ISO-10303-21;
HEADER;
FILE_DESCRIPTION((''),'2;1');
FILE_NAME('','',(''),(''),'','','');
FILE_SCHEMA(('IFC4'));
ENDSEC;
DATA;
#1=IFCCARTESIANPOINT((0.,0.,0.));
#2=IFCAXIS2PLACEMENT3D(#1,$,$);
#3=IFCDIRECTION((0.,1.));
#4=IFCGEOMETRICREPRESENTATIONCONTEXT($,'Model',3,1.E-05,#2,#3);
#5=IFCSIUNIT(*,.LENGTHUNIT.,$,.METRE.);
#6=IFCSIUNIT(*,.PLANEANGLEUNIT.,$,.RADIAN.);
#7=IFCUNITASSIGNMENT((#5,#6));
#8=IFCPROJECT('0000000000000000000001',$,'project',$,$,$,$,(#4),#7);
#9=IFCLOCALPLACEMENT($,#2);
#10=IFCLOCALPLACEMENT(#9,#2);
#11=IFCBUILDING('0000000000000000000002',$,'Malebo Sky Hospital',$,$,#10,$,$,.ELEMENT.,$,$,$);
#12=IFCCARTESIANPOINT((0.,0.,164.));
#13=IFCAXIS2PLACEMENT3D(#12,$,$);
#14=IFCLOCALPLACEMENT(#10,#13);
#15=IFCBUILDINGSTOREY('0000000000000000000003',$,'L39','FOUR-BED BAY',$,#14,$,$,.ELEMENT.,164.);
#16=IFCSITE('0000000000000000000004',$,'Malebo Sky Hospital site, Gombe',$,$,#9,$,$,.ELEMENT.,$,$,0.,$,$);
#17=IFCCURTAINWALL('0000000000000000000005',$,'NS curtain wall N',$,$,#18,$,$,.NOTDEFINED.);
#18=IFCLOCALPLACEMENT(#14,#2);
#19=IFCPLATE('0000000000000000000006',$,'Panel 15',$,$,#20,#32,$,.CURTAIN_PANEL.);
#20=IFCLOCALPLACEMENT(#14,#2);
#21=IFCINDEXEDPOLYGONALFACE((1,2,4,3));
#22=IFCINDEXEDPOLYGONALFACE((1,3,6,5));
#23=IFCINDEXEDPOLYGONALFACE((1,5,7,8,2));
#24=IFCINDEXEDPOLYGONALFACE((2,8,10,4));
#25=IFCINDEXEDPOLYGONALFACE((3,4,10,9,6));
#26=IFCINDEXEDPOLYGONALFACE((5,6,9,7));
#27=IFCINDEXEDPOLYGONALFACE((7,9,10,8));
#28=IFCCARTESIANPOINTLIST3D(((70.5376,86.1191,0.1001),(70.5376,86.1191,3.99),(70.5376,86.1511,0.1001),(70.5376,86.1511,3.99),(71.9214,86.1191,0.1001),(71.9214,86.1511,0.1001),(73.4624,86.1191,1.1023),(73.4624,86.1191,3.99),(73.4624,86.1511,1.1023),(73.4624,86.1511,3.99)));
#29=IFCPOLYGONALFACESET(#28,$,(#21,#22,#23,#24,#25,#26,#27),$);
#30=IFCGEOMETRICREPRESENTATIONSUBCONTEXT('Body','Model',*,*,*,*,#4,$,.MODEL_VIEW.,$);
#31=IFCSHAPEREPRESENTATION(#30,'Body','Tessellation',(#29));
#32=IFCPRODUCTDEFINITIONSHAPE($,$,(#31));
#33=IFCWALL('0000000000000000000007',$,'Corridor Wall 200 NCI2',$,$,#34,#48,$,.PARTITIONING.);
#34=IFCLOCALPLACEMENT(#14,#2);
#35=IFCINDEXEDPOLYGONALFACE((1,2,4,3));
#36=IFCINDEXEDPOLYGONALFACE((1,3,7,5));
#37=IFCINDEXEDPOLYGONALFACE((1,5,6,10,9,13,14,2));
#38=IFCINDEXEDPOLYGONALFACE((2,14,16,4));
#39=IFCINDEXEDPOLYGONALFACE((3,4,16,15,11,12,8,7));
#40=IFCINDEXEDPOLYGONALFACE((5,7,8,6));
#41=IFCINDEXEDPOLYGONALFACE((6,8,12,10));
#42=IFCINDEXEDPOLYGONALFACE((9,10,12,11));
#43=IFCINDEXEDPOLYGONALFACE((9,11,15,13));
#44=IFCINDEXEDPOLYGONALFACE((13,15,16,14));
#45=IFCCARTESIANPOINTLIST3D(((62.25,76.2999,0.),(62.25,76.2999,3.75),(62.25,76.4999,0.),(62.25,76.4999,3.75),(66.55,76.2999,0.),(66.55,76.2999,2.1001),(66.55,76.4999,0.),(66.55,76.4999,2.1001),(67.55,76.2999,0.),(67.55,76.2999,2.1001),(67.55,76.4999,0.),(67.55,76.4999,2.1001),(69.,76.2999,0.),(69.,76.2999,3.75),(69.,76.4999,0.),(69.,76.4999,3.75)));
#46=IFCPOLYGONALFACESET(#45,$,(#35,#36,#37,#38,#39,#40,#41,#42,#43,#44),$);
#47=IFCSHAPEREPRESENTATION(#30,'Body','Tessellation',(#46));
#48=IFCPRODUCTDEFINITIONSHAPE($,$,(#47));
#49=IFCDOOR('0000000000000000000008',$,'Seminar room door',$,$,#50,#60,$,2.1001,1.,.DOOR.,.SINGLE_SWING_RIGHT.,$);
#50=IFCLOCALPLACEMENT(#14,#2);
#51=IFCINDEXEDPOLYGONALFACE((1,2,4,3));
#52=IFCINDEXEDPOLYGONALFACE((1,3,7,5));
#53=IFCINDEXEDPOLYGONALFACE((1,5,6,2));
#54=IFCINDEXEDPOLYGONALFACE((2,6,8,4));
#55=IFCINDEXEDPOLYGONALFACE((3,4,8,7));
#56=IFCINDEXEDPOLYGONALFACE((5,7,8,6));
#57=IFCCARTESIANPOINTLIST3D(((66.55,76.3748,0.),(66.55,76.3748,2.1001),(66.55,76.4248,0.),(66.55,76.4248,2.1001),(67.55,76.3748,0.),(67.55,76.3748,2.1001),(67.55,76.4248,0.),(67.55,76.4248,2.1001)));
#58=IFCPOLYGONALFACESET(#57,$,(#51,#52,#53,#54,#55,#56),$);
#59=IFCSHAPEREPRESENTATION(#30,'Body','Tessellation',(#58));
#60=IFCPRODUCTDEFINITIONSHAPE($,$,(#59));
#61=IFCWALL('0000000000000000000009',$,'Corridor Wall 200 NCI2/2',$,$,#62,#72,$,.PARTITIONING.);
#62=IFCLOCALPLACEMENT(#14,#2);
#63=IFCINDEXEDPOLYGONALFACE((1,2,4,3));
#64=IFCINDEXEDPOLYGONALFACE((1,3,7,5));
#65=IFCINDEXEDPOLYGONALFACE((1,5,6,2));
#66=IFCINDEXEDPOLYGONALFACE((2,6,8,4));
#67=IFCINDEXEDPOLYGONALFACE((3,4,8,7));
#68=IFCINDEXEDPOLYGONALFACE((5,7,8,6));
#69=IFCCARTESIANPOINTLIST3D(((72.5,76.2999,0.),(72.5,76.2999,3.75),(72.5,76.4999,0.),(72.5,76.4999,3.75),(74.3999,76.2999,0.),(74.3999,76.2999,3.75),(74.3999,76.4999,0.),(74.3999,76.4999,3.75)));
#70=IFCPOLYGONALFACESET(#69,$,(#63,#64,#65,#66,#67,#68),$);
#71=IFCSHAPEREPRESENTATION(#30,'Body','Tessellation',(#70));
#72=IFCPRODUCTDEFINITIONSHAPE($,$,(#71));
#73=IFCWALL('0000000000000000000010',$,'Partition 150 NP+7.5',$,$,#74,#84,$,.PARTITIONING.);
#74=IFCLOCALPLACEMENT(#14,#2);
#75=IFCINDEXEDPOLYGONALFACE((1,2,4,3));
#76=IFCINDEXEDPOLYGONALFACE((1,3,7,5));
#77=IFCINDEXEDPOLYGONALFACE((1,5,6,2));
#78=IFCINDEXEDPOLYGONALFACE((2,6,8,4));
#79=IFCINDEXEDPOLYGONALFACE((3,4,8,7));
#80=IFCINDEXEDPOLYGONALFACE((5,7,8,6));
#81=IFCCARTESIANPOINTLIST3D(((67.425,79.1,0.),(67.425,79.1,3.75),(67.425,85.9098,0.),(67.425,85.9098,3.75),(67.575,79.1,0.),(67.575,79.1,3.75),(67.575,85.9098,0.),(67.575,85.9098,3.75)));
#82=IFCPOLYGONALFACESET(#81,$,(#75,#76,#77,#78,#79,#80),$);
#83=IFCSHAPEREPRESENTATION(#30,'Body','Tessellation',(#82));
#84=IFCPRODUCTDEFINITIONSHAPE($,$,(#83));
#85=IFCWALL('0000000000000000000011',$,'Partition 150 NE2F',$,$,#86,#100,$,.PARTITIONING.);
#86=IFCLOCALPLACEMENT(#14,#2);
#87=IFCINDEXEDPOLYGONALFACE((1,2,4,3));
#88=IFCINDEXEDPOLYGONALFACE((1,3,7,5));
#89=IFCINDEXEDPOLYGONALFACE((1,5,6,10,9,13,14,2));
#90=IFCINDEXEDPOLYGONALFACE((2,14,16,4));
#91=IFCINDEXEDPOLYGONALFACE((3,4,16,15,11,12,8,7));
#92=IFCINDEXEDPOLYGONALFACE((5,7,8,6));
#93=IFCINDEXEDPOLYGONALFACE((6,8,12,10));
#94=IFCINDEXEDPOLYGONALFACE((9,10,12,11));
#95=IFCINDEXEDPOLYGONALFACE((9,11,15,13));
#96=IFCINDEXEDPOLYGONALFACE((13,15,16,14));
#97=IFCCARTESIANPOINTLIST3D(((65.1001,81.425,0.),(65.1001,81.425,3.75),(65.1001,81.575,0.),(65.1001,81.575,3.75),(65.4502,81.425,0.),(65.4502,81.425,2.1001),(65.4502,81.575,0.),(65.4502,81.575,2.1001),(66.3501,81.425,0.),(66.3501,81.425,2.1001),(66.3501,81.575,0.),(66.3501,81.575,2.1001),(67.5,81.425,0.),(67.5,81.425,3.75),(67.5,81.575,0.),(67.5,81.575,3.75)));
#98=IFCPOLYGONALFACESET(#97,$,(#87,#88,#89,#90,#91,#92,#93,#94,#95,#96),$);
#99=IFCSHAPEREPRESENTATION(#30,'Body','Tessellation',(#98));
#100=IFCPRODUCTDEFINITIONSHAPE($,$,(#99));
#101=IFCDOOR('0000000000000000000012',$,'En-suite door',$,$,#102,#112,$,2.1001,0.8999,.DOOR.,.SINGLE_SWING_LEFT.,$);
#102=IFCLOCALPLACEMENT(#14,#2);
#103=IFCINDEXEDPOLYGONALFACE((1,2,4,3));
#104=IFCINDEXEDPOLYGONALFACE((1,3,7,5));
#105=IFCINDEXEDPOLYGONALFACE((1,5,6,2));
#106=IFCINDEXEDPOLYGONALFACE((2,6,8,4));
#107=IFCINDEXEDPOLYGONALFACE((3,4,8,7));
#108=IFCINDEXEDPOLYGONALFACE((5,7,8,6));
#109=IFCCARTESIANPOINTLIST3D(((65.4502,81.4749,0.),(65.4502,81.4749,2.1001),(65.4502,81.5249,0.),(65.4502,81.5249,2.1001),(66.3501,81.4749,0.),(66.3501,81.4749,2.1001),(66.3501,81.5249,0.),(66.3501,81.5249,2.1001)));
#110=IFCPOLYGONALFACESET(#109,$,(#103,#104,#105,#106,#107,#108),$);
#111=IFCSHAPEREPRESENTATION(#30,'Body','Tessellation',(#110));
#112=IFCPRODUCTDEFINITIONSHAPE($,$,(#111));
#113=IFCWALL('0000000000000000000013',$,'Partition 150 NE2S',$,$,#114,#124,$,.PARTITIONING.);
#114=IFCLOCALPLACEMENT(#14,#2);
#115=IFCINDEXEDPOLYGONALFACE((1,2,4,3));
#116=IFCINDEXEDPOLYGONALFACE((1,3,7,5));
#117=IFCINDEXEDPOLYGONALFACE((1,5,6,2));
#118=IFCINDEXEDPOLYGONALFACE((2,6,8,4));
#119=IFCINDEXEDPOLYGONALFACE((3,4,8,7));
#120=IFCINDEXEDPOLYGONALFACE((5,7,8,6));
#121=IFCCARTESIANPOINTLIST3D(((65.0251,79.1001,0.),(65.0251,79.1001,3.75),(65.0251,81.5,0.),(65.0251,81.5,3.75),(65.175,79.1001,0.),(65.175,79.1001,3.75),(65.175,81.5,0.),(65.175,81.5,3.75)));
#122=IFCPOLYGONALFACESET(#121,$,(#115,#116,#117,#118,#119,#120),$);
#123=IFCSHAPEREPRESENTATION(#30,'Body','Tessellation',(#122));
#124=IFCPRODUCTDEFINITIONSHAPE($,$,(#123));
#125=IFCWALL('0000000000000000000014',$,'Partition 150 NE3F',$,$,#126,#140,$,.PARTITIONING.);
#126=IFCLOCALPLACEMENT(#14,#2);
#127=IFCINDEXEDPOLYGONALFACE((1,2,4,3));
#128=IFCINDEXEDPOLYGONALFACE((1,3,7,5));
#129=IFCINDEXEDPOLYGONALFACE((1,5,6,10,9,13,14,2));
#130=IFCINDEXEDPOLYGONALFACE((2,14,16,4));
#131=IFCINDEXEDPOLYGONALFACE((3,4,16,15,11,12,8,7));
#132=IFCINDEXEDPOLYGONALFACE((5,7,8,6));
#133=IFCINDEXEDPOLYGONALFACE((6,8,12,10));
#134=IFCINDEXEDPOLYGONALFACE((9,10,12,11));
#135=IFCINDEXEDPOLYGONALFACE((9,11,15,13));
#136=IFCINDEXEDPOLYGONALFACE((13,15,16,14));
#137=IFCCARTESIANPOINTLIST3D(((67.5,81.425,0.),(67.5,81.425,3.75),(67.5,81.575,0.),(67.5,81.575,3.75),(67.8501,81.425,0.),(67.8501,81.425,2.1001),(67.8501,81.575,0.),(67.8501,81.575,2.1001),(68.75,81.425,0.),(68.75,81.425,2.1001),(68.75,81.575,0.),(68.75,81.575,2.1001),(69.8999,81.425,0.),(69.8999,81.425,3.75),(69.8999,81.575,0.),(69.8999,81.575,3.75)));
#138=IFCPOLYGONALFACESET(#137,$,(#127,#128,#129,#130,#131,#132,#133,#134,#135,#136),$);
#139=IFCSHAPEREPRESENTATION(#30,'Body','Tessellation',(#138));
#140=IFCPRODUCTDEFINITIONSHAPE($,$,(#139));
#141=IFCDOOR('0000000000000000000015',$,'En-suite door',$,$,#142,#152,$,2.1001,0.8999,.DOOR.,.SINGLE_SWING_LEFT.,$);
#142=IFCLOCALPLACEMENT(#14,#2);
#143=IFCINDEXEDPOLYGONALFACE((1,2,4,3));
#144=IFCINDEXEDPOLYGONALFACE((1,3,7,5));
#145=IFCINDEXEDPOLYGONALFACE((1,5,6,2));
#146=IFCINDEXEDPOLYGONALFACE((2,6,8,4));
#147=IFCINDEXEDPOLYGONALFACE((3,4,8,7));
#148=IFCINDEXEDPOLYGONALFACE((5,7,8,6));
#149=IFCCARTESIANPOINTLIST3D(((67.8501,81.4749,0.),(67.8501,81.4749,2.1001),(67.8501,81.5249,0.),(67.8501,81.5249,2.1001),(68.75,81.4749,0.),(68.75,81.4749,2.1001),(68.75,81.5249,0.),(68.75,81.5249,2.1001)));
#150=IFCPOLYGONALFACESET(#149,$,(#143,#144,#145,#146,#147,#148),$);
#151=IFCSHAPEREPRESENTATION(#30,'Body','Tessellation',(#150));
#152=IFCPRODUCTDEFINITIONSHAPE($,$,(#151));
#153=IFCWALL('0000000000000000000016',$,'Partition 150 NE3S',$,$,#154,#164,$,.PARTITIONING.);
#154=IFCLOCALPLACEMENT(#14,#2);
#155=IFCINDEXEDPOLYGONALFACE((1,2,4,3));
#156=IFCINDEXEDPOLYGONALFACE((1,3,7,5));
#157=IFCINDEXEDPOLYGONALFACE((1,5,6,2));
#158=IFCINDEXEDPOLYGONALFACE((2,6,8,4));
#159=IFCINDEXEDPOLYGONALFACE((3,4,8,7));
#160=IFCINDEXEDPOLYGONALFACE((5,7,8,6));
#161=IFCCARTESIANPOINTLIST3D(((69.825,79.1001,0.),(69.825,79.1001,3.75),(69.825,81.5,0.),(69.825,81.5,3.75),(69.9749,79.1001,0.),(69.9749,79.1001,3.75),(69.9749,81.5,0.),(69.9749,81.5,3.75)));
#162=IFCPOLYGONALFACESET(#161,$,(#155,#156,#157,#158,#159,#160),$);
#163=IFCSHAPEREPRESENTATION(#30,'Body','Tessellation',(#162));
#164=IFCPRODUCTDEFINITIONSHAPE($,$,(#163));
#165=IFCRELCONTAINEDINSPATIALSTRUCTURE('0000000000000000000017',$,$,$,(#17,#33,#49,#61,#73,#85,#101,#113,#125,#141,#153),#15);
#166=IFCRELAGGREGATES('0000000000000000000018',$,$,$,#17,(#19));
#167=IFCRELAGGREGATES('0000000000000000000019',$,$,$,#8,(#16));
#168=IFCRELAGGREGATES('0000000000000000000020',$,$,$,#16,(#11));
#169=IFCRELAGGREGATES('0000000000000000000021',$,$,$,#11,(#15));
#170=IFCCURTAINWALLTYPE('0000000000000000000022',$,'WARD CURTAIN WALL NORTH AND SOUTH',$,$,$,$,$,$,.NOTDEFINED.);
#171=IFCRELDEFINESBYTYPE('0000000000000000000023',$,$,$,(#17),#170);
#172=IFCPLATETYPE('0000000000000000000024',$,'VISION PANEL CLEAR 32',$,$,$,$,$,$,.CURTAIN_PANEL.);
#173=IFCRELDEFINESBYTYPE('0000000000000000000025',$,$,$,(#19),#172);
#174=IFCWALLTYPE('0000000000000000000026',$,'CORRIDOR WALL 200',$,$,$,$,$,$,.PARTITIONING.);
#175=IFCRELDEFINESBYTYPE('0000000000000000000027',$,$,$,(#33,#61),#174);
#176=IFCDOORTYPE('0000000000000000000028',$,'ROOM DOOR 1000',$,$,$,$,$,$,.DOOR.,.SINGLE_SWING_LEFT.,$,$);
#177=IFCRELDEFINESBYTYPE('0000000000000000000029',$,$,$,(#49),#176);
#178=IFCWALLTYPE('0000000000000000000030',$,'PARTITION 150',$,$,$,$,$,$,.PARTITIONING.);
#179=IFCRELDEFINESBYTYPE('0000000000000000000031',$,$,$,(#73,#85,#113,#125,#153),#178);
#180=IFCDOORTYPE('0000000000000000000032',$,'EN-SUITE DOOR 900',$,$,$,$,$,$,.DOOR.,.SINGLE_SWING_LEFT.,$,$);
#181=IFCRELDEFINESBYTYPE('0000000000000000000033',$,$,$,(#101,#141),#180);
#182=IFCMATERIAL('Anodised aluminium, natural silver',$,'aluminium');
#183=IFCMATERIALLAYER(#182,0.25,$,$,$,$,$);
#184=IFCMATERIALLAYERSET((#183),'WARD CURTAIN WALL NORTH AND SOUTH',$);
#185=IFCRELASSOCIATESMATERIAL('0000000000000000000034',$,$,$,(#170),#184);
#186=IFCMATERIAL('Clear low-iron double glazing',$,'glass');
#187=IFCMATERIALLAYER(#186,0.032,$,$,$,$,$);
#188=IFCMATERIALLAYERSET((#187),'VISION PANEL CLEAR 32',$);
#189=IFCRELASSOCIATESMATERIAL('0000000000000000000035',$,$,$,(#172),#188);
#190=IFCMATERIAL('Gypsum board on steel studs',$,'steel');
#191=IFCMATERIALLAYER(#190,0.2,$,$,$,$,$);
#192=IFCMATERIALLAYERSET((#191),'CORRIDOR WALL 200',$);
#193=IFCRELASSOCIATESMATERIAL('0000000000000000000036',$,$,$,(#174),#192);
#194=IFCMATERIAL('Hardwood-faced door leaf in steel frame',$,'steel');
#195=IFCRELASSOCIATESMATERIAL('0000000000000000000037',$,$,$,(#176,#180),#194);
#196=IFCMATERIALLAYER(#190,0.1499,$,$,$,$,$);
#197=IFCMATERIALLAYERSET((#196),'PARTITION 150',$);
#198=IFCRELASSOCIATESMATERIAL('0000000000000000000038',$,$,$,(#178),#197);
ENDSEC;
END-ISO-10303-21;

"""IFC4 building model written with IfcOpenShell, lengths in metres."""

from ifc_helpers import new_model, si_unit, direction, frame, frame_2d, origin, place, context, subcontext, project, spatial, polyline, rectangle, outline, extrude, material, layer, layer_set, type_object, element, fill, aggregate, save


model = new_model("IFC4")

# Units and contexts
model_context = context("Model", 3, precision=1e-05, world=origin(), true_north=direction((0.0, 1.0)))
body_context = subcontext(model_context, "Body", "Model", "MODEL_VIEW")
ifc_project = project(units=[si_unit("LENGTHUNIT", "METRE"), si_unit("PLANEANGLEUNIT", "RADIAN")], contexts=[model_context])

# Site, building, storey
site_placement = place(None, origin())
site = spatial("IfcSite", under=ifc_project, at=site_placement, Name="Malebo Sky Hospital site, Gombe", CompositionType="ELEMENT", RefElevation=0.0)
building_placement = place(site_placement, origin())
building = spatial("IfcBuilding", under=site, at=building_placement, Name="Malebo Sky Hospital", CompositionType="ELEMENT")
storey_placement = place(building_placement, frame((0.0, 0.0, 164.0)))
storey = spatial("IfcBuildingStorey", under=building, at=storey_placement, Name="L39", Description="FOUR-BED BAY", CompositionType="ELEMENT", Elevation=164.0)

# Curtain wall
ifc_material_1 = material(Name="Anodised aluminium, natural silver", Category="aluminium")
ifc_layer_1 = layer(ifc_material_1, 0.25)
ifc_layer_set_1 = layer_set([ifc_layer_1], Name="WARD CURTAIN WALL NORTH AND SOUTH")
curtain_wall_type = type_object("IfcCurtainWallType", Name="WARD CURTAIN WALL NORTH AND SOUTH", PredefinedType="NOTDEFINED", material=ifc_layer_set_1)
curtain_wall_placement = place(storey_placement, origin())
curtain_wall = element("IfcCurtainWall", 1, at=curtain_wall_placement, inside=storey, type_object=curtain_wall_type, Name="NS curtain wall N", PredefinedType="NOTDEFINED")

# Plate
ifc_material_2 = material(Name="Clear low-iron double glazing", Category="glass")
ifc_layer_2 = layer(ifc_material_2, 0.032)
ifc_layer_set_2 = layer_set([ifc_layer_2], Name="VISION PANEL CLEAR 32")
plate_type = type_object("IfcPlateType", Name="VISION PANEL CLEAR 32", PredefinedType="CURTAIN_PANEL", material=ifc_layer_set_2)
plate_1_placement = place(storey_placement, frame((72.0, 86.135, 0.1001), z_axis=(0.0, 0.0, 1.0), x_axis=(1.0, 0.0, 0.0)))
plate_1 = element("IfcPlate", 2, at=plate_1_placement, type_object=plate_type, Name="Panel 15", PredefinedType="CURTAIN_PANEL", context=body_context, shape_type="SweptSolid", body=[
    extrude(outline(polyline([(-1.4624, 0.0), (-0.0786, 0.0), (1.4624, 1.0022), (1.4624, 3.8899), (-1.4624, 3.8899), (-1.4624, 0.0)])), frame((0.0, 0.0161, 0.0), z_axis=(0.0, -1.0, 0.0), x_axis=(1.0, 0.0, 0.0)), (0.0, 0.0, 1.0), 0.032),
])
aggregate(curtain_wall, [plate_1])

# Wall, opening, door
ifc_material_3 = material(Name="Gypsum board on steel studs", Category="steel")
ifc_layer_3 = layer(ifc_material_3, 0.2)
ifc_layer_set_3 = layer_set([ifc_layer_3], Name="CORRIDOR WALL 200")
wall_type_1 = type_object("IfcWallType", Name="CORRIDOR WALL 200", PredefinedType="PARTITIONING", material=ifc_layer_set_3)
wall_1_placement = place(storey_placement, frame((62.25, 76.3999, 0.0), z_axis=(0.0, 0.0, 1.0), x_axis=(1.0, 0.0, 0.0)))
wall_1 = element("IfcWall", 3, at=wall_1_placement, inside=storey, type_object=wall_type_1, Name="Corridor Wall 200 NCI2", PredefinedType="PARTITIONING", context=body_context, shape_type="SweptSolid", body=[
    extrude(rectangle(XDim=6.75, YDim=0.2, at=frame_2d((3.375, 0.0))), origin(), (0.0, 0.0, 1.0), 3.75),
])
opening_1_placement = place(wall_1_placement, frame((4.3, 0.0, 0.0)))
opening_1 = element("IfcOpeningElement", 4, at=opening_1_placement, cuts=wall_1, PredefinedType="OPENING", context=body_context, shape_type="SweptSolid", body=[
    extrude(rectangle(XDim=1.0, YDim=2.1001, at=frame_2d((0.5, 1.05))), frame((0.0, 0.1099, 0.0), z_axis=(0.0, -1.0, 0.0), x_axis=(1.0, 0.0, 0.0)), (0.0, 0.0, 1.0), 0.22),
])
ifc_material_4 = material(Name="Hardwood-faced door leaf in steel frame", Category="steel")
door_type_1 = type_object("IfcDoorType", Name="ROOM DOOR 1000", OperationType="SINGLE_SWING_LEFT", PredefinedType="DOOR", material=ifc_material_4)
door_1_placement = place(opening_1_placement, origin())
door_1 = element("IfcDoor", 5, at=door_1_placement, inside=storey, type_object=door_type_1, Name="Seminar room door", OperationType="SINGLE_SWING_RIGHT", OverallHeight=2.1001, OverallWidth=1.0, PredefinedType="DOOR", context=body_context, shape_type="SweptSolid", body=[
    extrude(rectangle(XDim=1.0, YDim=2.1001, at=frame_2d((0.5, 1.05))), frame((0.0, 0.0249, 0.0), z_axis=(0.0, -1.0, 0.0), x_axis=(1.0, 0.0, 0.0)), (0.0, 0.0, 1.0), 0.05),
])
fill(opening_1, door_1)

# Walls
wall_2_placement = place(storey_placement, frame((72.5, 76.3999, 0.0), z_axis=(0.0, 0.0, 1.0), x_axis=(1.0, 0.0, 0.0)))
element("IfcWall", 6, at=wall_2_placement, inside=storey, type_object=wall_type_1, Name="Corridor Wall 200 NCI2/2", PredefinedType="PARTITIONING", context=body_context, shape_type="SweptSolid", body=[
    extrude(rectangle(XDim=1.8999, YDim=0.2, at=frame_2d((0.95, 0.0))), origin(), (0.0, 0.0, 1.0), 3.75),
])
ifc_layer_4 = layer(ifc_material_3, 0.1499)
ifc_layer_set_4 = layer_set([ifc_layer_4], Name="PARTITION 150")
wall_type_2 = type_object("IfcWallType", Name="PARTITION 150", PredefinedType="PARTITIONING", material=ifc_layer_set_4)
wall_3_placement = place(storey_placement, frame((67.5, 79.1001, 0.0), z_axis=(0.0, 0.0, 1.0), x_axis=(0.0, 1.0, 0.0)))
element("IfcWall", 7, at=wall_3_placement, inside=storey, type_object=wall_type_2, Name="Partition 150 NP+7.5", PredefinedType="PARTITIONING", context=body_context, shape_type="SweptSolid", body=[
    extrude(rectangle(XDim=6.8098, YDim=0.1499, at=frame_2d((3.4048, 0.0))), origin(), (0.0, 0.0, 1.0), 3.75),
])

# Wall, opening, door
wall_4_placement = place(storey_placement, frame((65.1001, 81.5, 0.0), z_axis=(0.0, 0.0, 1.0), x_axis=(1.0, 0.0, 0.0)))
wall_4 = element("IfcWall", 8, at=wall_4_placement, inside=storey, type_object=wall_type_2, Name="Partition 150 NE2F", PredefinedType="PARTITIONING", context=body_context, shape_type="SweptSolid", body=[
    extrude(rectangle(XDim=2.3999, YDim=0.1499, at=frame_2d((1.2, 0.0))), origin(), (0.0, 0.0, 1.0), 3.75),
])
opening_2_placement = place(wall_4_placement, frame((0.3501, 0.0, 0.0)))
opening_2 = element("IfcOpeningElement", 9, at=opening_2_placement, cuts=wall_4, PredefinedType="OPENING", context=body_context, shape_type="SweptSolid", body=[
    extrude(rectangle(XDim=0.8999, YDim=2.1001, at=frame_2d((0.45, 1.05))), frame((0.0, 0.085, 0.0), z_axis=(0.0, -1.0, 0.0), x_axis=(1.0, 0.0, 0.0)), (0.0, 0.0, 1.0), 0.1699),
])
door_type_2 = type_object("IfcDoorType", Name="EN-SUITE DOOR 900", OperationType="SINGLE_SWING_LEFT", PredefinedType="DOOR", material=ifc_material_4)
door_2_placement = place(opening_2_placement, origin())
door_2 = element("IfcDoor", 10, at=door_2_placement, inside=storey, type_object=door_type_2, Name="En-suite door", OperationType="SINGLE_SWING_LEFT", OverallHeight=2.1001, OverallWidth=0.8999, PredefinedType="DOOR", context=body_context, shape_type="SweptSolid", body=[
    extrude(rectangle(XDim=0.8999, YDim=2.1001, at=frame_2d((0.45, 1.05))), frame((0.0, 0.0249, 0.0), z_axis=(0.0, -1.0, 0.0), x_axis=(1.0, 0.0, 0.0)), (0.0, 0.0, 1.0), 0.05),
])
fill(opening_2, door_2)

# Wall
wall_5_placement = place(storey_placement, frame((65.1001, 79.1001, 0.0), z_axis=(0.0, 0.0, 1.0), x_axis=(0.0, 1.0, 0.0)))
element("IfcWall", 11, at=wall_5_placement, inside=storey, type_object=wall_type_2, Name="Partition 150 NE2S", PredefinedType="PARTITIONING", context=body_context, shape_type="SweptSolid", body=[
    extrude(rectangle(XDim=2.3999, YDim=0.1499, at=frame_2d((1.2, 0.0))), origin(), (0.0, 0.0, 1.0), 3.75),
])

# Wall, opening, door
wall_6_placement = place(storey_placement, frame((67.5, 81.5, 0.0), z_axis=(0.0, 0.0, 1.0), x_axis=(1.0, 0.0, 0.0)))
wall_6 = element("IfcWall", 12, at=wall_6_placement, inside=storey, type_object=wall_type_2, Name="Partition 150 NE3F", PredefinedType="PARTITIONING", context=body_context, shape_type="SweptSolid", body=[
    extrude(rectangle(XDim=2.3999, YDim=0.1499, at=frame_2d((1.2, 0.0))), origin(), (0.0, 0.0, 1.0), 3.75),
])
opening_3_placement = place(wall_6_placement, frame((0.3501, 0.0, 0.0)))
opening_3 = element("IfcOpeningElement", 13, at=opening_3_placement, cuts=wall_6, PredefinedType="OPENING", context=body_context, shape_type="SweptSolid", body=[
    extrude(rectangle(XDim=0.8999, YDim=2.1001, at=frame_2d((0.45, 1.05))), frame((0.0, 0.085, 0.0), z_axis=(0.0, -1.0, 0.0), x_axis=(1.0, 0.0, 0.0)), (0.0, 0.0, 1.0), 0.1699),
])
door_3_placement = place(opening_3_placement, origin())
door_3 = element("IfcDoor", 14, at=door_3_placement, inside=storey, type_object=door_type_2, Name="En-suite door", OperationType="SINGLE_SWING_LEFT", OverallHeight=2.1001, OverallWidth=0.8999, PredefinedType="DOOR", context=body_context, shape_type="SweptSolid", body=[
    extrude(rectangle(XDim=0.8999, YDim=2.1001, at=frame_2d((0.45, 1.05))), frame((0.0, 0.0249, 0.0), z_axis=(0.0, -1.0, 0.0), x_axis=(1.0, 0.0, 0.0)), (0.0, 0.0, 1.0), 0.05),
])
fill(opening_3, door_3)

# Wall
wall_7_placement = place(storey_placement, frame((69.8999, 79.1001, 0.0), z_axis=(0.0, 0.0, 1.0), x_axis=(0.0, 1.0, 0.0)))
element("IfcWall", 15, at=wall_7_placement, inside=storey, type_object=wall_type_2, Name="Partition 150 NE3S", PredefinedType="PARTITIONING", context=body_context, shape_type="SweptSolid", body=[
    extrude(rectangle(XDim=2.3999, YDim=0.1499, at=frame_2d((1.2, 0.0))), origin(), (0.0, 0.0, 1.0), 3.75),
])

save(model, "model.ifc")
